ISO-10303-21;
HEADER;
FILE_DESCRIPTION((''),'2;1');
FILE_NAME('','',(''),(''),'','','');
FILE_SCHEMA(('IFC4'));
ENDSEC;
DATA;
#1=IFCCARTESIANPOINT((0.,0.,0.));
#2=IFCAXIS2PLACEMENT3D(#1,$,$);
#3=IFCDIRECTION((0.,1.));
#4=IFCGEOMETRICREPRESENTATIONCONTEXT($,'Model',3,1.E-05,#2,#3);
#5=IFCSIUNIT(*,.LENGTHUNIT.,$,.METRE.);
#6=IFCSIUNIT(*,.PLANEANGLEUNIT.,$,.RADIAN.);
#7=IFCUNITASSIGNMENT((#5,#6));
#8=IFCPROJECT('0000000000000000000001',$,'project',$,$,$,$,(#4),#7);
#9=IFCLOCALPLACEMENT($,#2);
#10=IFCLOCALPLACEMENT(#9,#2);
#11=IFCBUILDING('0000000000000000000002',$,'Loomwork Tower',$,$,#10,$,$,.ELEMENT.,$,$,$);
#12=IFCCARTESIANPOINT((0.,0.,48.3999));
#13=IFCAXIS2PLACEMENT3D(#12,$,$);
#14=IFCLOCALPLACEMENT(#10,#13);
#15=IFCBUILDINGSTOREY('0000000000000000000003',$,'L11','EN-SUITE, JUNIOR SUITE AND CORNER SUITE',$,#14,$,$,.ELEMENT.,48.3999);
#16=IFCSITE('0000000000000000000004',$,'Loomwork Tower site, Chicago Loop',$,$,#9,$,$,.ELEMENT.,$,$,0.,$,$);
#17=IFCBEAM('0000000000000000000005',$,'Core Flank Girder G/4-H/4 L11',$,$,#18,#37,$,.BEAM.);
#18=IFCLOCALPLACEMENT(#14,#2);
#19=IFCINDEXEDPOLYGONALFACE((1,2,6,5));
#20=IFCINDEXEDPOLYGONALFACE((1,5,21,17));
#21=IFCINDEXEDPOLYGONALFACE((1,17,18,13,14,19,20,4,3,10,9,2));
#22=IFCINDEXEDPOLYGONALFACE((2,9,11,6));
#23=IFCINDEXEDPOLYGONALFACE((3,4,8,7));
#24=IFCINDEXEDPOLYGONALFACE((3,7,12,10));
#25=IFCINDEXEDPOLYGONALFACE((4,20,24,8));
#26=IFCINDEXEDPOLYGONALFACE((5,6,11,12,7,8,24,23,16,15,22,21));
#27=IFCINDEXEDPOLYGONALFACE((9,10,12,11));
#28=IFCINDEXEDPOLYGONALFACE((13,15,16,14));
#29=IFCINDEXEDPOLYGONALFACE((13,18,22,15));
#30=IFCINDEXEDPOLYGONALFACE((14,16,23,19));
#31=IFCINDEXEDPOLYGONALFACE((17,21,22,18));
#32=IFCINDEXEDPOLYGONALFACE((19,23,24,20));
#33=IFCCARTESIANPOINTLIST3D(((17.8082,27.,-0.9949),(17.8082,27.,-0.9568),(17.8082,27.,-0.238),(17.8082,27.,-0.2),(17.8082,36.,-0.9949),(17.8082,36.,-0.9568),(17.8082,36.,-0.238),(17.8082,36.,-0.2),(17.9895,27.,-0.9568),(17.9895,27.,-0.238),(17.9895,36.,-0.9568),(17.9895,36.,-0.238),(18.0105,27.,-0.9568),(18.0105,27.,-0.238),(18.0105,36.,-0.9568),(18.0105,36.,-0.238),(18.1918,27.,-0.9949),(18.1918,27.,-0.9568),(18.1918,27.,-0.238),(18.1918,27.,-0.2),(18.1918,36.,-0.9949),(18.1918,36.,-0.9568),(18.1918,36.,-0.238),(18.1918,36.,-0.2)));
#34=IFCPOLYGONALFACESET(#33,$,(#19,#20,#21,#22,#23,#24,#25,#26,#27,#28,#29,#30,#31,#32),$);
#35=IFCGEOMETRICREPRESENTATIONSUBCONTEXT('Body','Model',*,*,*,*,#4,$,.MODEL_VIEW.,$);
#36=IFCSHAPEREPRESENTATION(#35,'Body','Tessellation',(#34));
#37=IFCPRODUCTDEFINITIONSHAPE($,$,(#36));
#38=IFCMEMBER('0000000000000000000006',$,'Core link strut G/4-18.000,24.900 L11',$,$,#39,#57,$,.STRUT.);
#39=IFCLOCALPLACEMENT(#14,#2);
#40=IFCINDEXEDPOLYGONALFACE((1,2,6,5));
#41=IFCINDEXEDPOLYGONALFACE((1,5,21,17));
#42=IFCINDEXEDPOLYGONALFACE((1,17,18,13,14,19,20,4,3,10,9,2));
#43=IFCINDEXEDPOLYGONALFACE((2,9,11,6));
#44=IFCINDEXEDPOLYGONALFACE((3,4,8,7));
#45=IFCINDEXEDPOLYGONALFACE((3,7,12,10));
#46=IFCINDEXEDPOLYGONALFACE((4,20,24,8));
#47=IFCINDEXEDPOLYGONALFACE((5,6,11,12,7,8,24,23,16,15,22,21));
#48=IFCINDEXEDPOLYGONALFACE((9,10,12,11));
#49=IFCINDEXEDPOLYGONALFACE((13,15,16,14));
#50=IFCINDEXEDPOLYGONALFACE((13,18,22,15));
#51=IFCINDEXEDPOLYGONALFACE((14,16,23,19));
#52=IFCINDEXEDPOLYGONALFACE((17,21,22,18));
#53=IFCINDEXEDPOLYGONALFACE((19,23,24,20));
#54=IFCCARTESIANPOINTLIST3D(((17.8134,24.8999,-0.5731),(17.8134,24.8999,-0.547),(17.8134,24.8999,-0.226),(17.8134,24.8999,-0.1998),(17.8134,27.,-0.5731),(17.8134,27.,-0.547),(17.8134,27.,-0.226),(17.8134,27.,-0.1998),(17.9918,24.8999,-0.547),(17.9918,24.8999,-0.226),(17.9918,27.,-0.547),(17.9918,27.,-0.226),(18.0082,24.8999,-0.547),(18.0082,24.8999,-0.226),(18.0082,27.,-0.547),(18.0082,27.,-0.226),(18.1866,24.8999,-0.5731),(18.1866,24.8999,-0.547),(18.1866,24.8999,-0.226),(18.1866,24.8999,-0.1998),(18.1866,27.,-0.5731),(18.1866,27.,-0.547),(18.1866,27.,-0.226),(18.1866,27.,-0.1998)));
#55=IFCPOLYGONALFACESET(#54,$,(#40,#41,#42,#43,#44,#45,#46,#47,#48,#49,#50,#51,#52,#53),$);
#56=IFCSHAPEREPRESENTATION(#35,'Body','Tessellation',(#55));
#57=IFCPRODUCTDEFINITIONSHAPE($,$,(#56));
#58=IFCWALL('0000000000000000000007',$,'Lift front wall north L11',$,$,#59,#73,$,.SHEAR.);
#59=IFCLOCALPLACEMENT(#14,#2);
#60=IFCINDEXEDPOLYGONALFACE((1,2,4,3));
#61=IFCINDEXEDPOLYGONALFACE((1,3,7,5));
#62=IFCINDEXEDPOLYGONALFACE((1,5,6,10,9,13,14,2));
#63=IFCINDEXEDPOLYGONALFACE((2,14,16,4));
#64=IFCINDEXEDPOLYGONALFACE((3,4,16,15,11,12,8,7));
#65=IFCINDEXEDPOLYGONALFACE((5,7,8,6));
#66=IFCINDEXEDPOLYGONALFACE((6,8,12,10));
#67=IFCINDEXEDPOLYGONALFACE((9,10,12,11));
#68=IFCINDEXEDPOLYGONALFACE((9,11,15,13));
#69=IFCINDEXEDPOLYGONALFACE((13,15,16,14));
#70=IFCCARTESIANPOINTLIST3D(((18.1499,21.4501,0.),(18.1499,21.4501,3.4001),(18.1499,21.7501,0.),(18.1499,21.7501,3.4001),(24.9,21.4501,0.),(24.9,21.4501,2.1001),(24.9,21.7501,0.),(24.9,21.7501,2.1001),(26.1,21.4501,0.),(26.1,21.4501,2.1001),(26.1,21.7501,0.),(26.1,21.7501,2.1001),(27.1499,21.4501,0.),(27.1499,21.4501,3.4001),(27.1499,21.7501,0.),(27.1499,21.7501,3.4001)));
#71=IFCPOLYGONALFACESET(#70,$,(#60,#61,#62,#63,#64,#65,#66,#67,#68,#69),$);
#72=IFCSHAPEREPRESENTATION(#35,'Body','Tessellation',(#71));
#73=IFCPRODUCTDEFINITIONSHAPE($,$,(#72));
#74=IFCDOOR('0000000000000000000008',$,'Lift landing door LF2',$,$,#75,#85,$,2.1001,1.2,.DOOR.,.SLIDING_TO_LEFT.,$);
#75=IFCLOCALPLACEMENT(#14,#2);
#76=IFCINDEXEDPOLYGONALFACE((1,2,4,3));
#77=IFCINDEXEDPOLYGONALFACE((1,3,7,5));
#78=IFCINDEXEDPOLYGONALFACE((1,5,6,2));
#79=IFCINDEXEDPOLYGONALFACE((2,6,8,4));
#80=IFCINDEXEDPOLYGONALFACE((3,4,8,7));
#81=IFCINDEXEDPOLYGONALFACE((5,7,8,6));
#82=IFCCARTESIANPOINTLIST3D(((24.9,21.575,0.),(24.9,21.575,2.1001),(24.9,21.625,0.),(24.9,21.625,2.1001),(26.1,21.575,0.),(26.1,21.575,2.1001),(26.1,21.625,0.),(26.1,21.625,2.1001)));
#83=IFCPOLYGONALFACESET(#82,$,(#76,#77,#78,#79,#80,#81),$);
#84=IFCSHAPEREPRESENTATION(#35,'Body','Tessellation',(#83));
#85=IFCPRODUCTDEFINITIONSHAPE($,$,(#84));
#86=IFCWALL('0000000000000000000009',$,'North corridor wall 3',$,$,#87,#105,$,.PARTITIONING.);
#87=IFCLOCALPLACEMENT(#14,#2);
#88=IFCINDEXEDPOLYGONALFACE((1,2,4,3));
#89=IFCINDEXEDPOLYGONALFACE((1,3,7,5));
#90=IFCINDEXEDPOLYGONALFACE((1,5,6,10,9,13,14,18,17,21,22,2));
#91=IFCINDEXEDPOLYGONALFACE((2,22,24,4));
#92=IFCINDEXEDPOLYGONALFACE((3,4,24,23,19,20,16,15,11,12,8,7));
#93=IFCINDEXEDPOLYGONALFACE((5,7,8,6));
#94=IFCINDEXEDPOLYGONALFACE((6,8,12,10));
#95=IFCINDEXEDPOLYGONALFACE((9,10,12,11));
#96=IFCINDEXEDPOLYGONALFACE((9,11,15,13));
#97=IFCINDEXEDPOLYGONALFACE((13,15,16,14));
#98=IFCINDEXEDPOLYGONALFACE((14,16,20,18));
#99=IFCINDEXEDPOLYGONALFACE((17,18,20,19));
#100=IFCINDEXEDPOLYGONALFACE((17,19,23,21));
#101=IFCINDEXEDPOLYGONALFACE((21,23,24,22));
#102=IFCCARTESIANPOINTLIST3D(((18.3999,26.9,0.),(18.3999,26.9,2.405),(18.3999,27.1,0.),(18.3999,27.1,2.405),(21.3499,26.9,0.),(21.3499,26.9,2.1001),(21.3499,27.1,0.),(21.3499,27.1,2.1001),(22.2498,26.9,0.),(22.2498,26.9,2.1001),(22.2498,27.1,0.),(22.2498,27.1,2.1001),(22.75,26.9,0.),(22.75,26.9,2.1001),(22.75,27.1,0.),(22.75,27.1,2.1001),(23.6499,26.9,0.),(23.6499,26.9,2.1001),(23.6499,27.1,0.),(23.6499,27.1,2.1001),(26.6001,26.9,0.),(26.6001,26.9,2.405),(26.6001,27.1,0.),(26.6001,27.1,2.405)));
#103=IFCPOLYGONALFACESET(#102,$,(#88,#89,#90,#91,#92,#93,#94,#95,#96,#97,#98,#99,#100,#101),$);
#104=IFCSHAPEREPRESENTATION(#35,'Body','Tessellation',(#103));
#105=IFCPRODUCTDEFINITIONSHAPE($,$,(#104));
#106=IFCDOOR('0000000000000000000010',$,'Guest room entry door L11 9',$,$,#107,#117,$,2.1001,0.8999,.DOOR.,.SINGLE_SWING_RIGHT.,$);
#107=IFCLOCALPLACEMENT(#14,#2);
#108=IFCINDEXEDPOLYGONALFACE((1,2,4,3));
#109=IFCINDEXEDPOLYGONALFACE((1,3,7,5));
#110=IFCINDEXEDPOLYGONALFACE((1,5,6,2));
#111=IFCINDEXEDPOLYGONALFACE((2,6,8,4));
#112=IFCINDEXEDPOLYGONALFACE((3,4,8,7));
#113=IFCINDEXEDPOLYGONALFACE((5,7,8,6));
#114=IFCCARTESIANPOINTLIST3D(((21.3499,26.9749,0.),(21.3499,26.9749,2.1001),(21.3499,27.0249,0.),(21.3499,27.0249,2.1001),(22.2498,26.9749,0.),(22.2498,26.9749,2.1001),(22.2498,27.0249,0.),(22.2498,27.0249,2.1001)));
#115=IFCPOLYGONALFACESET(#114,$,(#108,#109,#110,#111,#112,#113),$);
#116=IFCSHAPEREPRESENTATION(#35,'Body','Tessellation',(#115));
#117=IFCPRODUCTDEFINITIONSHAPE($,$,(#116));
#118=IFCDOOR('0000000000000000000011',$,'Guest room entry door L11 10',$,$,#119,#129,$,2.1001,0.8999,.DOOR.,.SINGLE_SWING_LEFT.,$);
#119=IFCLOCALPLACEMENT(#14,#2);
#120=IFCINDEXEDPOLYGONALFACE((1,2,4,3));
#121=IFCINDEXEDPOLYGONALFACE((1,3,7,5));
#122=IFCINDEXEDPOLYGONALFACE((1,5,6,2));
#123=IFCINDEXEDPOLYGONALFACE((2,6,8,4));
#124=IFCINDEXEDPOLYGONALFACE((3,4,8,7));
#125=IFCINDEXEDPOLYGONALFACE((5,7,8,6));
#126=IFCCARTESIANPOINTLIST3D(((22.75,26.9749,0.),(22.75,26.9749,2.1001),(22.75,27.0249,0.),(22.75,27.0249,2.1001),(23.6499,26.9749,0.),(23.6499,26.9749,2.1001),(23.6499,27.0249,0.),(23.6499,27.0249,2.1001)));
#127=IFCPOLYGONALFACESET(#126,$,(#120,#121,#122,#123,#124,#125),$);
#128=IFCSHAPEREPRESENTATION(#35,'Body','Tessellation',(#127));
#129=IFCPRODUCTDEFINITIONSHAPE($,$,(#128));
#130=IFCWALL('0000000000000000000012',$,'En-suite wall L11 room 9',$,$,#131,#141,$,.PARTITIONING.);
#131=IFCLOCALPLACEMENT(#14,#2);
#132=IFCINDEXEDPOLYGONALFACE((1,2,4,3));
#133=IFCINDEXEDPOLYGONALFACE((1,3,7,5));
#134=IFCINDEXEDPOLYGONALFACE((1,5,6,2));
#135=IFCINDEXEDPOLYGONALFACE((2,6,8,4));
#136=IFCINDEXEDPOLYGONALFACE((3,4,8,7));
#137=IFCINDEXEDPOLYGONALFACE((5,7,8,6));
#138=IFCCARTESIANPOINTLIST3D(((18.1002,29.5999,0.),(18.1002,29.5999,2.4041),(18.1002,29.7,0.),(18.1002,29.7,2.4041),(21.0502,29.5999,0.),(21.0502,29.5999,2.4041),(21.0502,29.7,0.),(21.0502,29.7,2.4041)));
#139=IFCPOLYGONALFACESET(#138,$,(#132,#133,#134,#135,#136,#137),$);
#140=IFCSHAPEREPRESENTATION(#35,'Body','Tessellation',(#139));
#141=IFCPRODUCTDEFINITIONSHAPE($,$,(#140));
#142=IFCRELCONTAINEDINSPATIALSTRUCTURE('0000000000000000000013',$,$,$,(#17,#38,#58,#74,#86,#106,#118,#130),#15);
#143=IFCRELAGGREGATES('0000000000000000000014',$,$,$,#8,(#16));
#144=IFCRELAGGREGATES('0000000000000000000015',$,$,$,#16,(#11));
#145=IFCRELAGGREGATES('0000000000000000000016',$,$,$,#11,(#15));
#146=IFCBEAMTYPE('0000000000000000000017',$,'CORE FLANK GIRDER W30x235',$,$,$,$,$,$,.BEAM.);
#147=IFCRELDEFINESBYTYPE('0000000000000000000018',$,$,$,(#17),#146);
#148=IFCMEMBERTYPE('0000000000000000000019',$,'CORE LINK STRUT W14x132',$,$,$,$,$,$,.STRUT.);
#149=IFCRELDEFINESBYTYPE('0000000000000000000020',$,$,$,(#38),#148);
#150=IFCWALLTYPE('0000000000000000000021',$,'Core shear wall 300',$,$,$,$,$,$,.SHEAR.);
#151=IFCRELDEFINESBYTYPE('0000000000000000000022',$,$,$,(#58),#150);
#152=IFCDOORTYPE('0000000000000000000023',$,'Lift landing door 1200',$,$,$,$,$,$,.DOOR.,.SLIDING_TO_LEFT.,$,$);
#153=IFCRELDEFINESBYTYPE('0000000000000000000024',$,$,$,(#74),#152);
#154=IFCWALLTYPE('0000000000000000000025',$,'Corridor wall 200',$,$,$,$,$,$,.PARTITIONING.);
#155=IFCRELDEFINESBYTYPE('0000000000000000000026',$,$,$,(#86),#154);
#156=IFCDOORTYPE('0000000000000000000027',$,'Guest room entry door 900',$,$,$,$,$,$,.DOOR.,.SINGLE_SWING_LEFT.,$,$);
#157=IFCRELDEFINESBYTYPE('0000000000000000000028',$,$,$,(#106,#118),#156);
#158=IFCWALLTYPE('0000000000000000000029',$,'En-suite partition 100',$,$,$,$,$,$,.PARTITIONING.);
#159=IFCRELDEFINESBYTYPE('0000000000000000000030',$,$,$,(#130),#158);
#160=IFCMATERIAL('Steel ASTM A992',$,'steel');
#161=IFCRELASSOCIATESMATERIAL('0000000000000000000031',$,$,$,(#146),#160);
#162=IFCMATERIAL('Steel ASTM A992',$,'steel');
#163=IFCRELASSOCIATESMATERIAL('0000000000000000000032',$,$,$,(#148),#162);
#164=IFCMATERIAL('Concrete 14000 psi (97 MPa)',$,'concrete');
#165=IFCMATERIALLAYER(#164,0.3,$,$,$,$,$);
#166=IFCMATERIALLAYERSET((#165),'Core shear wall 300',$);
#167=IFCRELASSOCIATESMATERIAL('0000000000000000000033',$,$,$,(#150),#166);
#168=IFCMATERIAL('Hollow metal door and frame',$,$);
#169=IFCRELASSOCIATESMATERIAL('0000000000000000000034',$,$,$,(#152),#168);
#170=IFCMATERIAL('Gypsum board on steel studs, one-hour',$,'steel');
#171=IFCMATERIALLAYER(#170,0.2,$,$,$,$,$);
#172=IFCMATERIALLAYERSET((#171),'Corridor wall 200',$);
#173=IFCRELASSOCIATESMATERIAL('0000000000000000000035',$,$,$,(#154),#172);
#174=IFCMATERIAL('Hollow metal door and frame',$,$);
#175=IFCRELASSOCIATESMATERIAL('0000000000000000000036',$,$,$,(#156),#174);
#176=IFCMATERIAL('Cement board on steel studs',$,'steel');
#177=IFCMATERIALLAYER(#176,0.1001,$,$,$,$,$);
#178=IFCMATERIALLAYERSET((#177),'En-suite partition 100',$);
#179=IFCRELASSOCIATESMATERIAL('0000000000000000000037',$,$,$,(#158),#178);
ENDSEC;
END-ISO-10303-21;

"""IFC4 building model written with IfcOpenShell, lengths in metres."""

from ifc_helpers import new_model, si_unit, direction, frame, frame_2d, origin, origin_2d, place, context, subcontext, project, spatial, rectangle, i_section, extrude, material, layer, layer_set, material_profile, profile_set, type_object, element, fill, save


model = new_model("IFC4")

# Units and contexts
model_context = context("Model", 3, precision=1e-05, world=origin(), true_north=direction((0.0, 1.0)))
body_context = subcontext(model_context, "Body", "Model", "MODEL_VIEW")
ifc_project = project(units=[si_unit("LENGTHUNIT", "METRE"), si_unit("PLANEANGLEUNIT", "RADIAN")], contexts=[model_context])

# Site, building, storey
site_placement = place(None, origin())
site = spatial("IfcSite", under=ifc_project, at=site_placement, Name="Loomwork Tower site, Chicago Loop", CompositionType="ELEMENT", RefElevation=0.0)
building_placement = place(site_placement, origin())
building = spatial("IfcBuilding", under=site, at=building_placement, Name="Loomwork Tower", CompositionType="ELEMENT")
storey_placement = place(building_placement, frame((0.0, 0.0, 48.3999)))
storey = spatial("IfcBuildingStorey", under=building, at=storey_placement, Name="L11", Description="EN-SUITE, JUNIOR SUITE AND CORNER SUITE", CompositionType="ELEMENT", Elevation=48.3999)

# Beam
ifc_material_1 = material(Name="Steel ASTM A992", Category="steel")
ifc_material_profile_1 = material_profile(ifc_material_1, i_section(OverallWidth=0.3835, OverallDepth=0.7949, WebThickness=0.021, FlangeThickness=0.0381, at=origin_2d()), Name="W30x235")
ifc_profile_set_1 = profile_set([ifc_material_profile_1], Name="Steel ASTM A992")
beam_type = type_object("IfcBeamType", Name="CORE FLANK GIRDER W30x235", PredefinedType="BEAM", material=ifc_profile_set_1)
beam_placement = place(storey_placement, frame((18.0, 27.0, -0.5974), z_axis=(0.0, 1.0, 0.0), x_axis=(-1.0, 0.0, 0.0)))
element("IfcBeam", 1, at=beam_placement, inside=storey, type_object=beam_type, Name="Core Flank Girder G/4-H/4 L11", PredefinedType="BEAM", context=body_context, shape_type="SweptSolid", body=[
    extrude(i_section(OverallWidth=0.3835, OverallDepth=0.7949, WebThickness=0.021, FlangeThickness=0.0381, at=origin_2d()), origin(), (0.0, 0.0, 1.0), 9.0),
])

# Member
ifc_material_2 = material(Name="Steel ASTM A992", Category="steel")
ifc_material_profile_2 = material_profile(ifc_material_2, i_section(OverallWidth=0.3733, OverallDepth=0.3733, WebThickness=0.0164, FlangeThickness=0.0261, at=origin_2d()), Name="W14x132")
ifc_profile_set_2 = profile_set([ifc_material_profile_2], Name="Steel ASTM A992")
member_type = type_object("IfcMemberType", Name="CORE LINK STRUT W14x132", PredefinedType="STRUT", material=ifc_profile_set_2)
member_placement = place(storey_placement, frame((18.0, 27.0, -0.3865), z_axis=(0.0, -1.0, 0.0), x_axis=(1.0, 0.0, 0.0)))
element("IfcMember", 2, at=member_placement, inside=storey, type_object=member_type, Name="Core link strut G/4-18.000,24.900 L11", PredefinedType="STRUT", context=body_context, shape_type="SweptSolid", body=[
    extrude(i_section(OverallWidth=0.3733, OverallDepth=0.3733, WebThickness=0.0164, FlangeThickness=0.0261, at=origin_2d()), origin(), (0.0, 0.0, 1.0), 2.1001),
])

# Wall, opening, door
ifc_material_3 = material(Name="Concrete 14000 psi (97 MPa)", Category="concrete")
ifc_layer_1 = layer(ifc_material_3, 0.3)
ifc_layer_set_1 = layer_set([ifc_layer_1], Name="Core shear wall 300")
wall_type_1 = type_object("IfcWallType", Name="Core shear wall 300", PredefinedType="SHEAR", material=ifc_layer_set_1)
wall_1_placement = place(storey_placement, frame((18.1499, 21.6001, 0.0), z_axis=(0.0, 0.0, 1.0), x_axis=(1.0, 0.0, 0.0)))
wall_1 = element("IfcWall", 3, at=wall_1_placement, inside=storey, type_object=wall_type_1, Name="Lift front wall north L11", PredefinedType="SHEAR", context=body_context, shape_type="SweptSolid", body=[
    extrude(rectangle(XDim=9.0, YDim=0.3, at=frame_2d((4.5, 0.0))), origin(), (0.0, 0.0, 1.0), 3.4001),
])
opening_1_placement = place(wall_1_placement, frame((6.75, 0.0, 0.0)))
opening_1 = element("IfcOpeningElement", 4, at=opening_1_placement, cuts=wall_1, PredefinedType="OPENING", context=body_context, shape_type="SweptSolid", body=[
    extrude(rectangle(XDim=1.2, YDim=2.1001, at=frame_2d((0.6001, 1.05))), frame((0.0, 0.1599, 0.0), z_axis=(0.0, -1.0, 0.0), x_axis=(1.0, 0.0, 0.0)), (0.0, 0.0, 1.0), 0.3201),
])
ifc_material_4 = material(Name="Hollow metal door and frame")
door_type_1 = type_object("IfcDoorType", Name="Lift landing door 1200", OperationType="SLIDING_TO_LEFT", PredefinedType="DOOR", material=ifc_material_4)
door_1_placement = place(opening_1_placement, origin())
door_1 = element("IfcDoor", 5, at=door_1_placement, inside=storey, type_object=door_type_1, Name="Lift landing door LF2", OperationType="SLIDING_TO_LEFT", OverallHeight=2.1001, OverallWidth=1.2, PredefinedType="DOOR", context=body_context, shape_type="SweptSolid", body=[
    extrude(rectangle(XDim=1.2, YDim=2.1001, at=frame_2d((0.6001, 1.05))), frame((0.0, 0.0249, 0.0), z_axis=(0.0, -1.0, 0.0), x_axis=(1.0, 0.0, 0.0)), (0.0, 0.0, 1.0), 0.05),
])
fill(opening_1, door_1)

# Wall, openings, doors
ifc_material_5 = material(Name="Gypsum board on steel studs, one-hour", Category="steel")
ifc_layer_2 = layer(ifc_material_5, 0.2)
ifc_layer_set_2 = layer_set([ifc_layer_2], Name="Corridor wall 200")
wall_type_2 = type_object("IfcWallType", Name="Corridor wall 200", PredefinedType="PARTITIONING", material=ifc_layer_set_2)
wall_2_placement = place(storey_placement, frame((18.3999, 27.0, 0.0), z_axis=(0.0, 0.0, 1.0), x_axis=(1.0, 0.0, 0.0)))
wall_2 = element("IfcWall", 6, at=wall_2_placement, inside=storey, type_object=wall_type_2, Name="North corridor wall 3", PredefinedType="PARTITIONING", context=body_context, shape_type="SweptSolid", body=[
    extrude(rectangle(XDim=8.2002, YDim=0.2, at=frame_2d((4.1001, 0.0))), origin(), (0.0, 0.0, 1.0), 2.405),
])
opening_2_placement = place(wall_2_placement, frame((2.95, 0.0, 0.0)))
opening_2 = element("IfcOpeningElement", 7, at=opening_2_placement, cuts=wall_2, PredefinedType="OPENING", context=body_context, shape_type="SweptSolid", body=[
    extrude(rectangle(XDim=0.8999, YDim=2.1001, at=frame_2d((0.45, 1.05))), frame((0.0, 0.1099, 0.0), z_axis=(0.0, -1.0, 0.0), x_axis=(1.0, 0.0, 0.0)), (0.0, 0.0, 1.0), 0.22),
])
opening_3_placement = place(wall_2_placement, frame((4.3501, 0.0, 0.0)))
opening_3 = element("IfcOpeningElement", 8, at=opening_3_placement, cuts=wall_2, PredefinedType="OPENING", context=body_context, shape_type="SweptSolid", body=[
    extrude(rectangle(XDim=0.8999, YDim=2.1001, at=frame_2d((0.45, 1.05))), frame((0.0, 0.1099, 0.0), z_axis=(0.0, -1.0, 0.0), x_axis=(1.0, 0.0, 0.0)), (0.0, 0.0, 1.0), 0.22),
])
ifc_material_6 = material(Name="Hollow metal door and frame")
door_type_2 = type_object("IfcDoorType", Name="Guest room entry door 900", OperationType="SINGLE_SWING_LEFT", PredefinedType="DOOR", material=ifc_material_6)
door_2_placement = place(opening_2_placement, origin())
door_2 = element("IfcDoor", 9, at=door_2_placement, inside=storey, type_object=door_type_2, Name="Guest room entry door L11 9", OperationType="SINGLE_SWING_RIGHT", OverallHeight=2.1001, OverallWidth=0.8999, PredefinedType="DOOR", context=body_context, shape_type="SweptSolid", body=[
    extrude(rectangle(XDim=0.8999, YDim=2.1001, at=frame_2d((0.45, 1.05))), frame((0.0, 0.0249, 0.0), z_axis=(0.0, -1.0, 0.0), x_axis=(1.0, 0.0, 0.0)), (0.0, 0.0, 1.0), 0.05),
])
fill(opening_2, door_2)
door_3_placement = place(opening_3_placement, origin())
door_3 = element("IfcDoor", 10, at=door_3_placement, inside=storey, type_object=door_type_2, Name="Guest room entry door L11 10", OperationType="SINGLE_SWING_LEFT", OverallHeight=2.1001, OverallWidth=0.8999, PredefinedType="DOOR", context=body_context, shape_type="SweptSolid", body=[
    extrude(rectangle(XDim=0.8999, YDim=2.1001, at=frame_2d((0.45, 1.05))), frame((0.0, 0.0249, 0.0), z_axis=(0.0, -1.0, 0.0), x_axis=(1.0, 0.0, 0.0)), (0.0, 0.0, 1.0), 0.05),
])
fill(opening_3, door_3)

# Wall
ifc_material_7 = material(Name="Cement board on steel studs", Category="steel")
ifc_layer_3 = layer(ifc_material_7, 0.1001)
ifc_layer_set_3 = layer_set([ifc_layer_3], Name="En-suite partition 100")
wall_type_3 = type_object("IfcWallType", Name="En-suite partition 100", PredefinedType="PARTITIONING", material=ifc_layer_set_3)
wall_3_placement = place(storey_placement, frame((18.1001, 29.6499, 0.0), z_axis=(0.0, 0.0, 1.0), x_axis=(1.0, 0.0, 0.0)))
element("IfcWall", 11, at=wall_3_placement, inside=storey, type_object=wall_type_3, Name="En-suite wall L11 room 9", PredefinedType="PARTITIONING", context=body_context, shape_type="SweptSolid", body=[
    extrude(rectangle(XDim=2.95, YDim=0.1001, at=frame_2d((1.4751, 0.0))), origin(), (0.0, 0.0, 1.0), 2.4041),
])

save(model, "model.ifc")
